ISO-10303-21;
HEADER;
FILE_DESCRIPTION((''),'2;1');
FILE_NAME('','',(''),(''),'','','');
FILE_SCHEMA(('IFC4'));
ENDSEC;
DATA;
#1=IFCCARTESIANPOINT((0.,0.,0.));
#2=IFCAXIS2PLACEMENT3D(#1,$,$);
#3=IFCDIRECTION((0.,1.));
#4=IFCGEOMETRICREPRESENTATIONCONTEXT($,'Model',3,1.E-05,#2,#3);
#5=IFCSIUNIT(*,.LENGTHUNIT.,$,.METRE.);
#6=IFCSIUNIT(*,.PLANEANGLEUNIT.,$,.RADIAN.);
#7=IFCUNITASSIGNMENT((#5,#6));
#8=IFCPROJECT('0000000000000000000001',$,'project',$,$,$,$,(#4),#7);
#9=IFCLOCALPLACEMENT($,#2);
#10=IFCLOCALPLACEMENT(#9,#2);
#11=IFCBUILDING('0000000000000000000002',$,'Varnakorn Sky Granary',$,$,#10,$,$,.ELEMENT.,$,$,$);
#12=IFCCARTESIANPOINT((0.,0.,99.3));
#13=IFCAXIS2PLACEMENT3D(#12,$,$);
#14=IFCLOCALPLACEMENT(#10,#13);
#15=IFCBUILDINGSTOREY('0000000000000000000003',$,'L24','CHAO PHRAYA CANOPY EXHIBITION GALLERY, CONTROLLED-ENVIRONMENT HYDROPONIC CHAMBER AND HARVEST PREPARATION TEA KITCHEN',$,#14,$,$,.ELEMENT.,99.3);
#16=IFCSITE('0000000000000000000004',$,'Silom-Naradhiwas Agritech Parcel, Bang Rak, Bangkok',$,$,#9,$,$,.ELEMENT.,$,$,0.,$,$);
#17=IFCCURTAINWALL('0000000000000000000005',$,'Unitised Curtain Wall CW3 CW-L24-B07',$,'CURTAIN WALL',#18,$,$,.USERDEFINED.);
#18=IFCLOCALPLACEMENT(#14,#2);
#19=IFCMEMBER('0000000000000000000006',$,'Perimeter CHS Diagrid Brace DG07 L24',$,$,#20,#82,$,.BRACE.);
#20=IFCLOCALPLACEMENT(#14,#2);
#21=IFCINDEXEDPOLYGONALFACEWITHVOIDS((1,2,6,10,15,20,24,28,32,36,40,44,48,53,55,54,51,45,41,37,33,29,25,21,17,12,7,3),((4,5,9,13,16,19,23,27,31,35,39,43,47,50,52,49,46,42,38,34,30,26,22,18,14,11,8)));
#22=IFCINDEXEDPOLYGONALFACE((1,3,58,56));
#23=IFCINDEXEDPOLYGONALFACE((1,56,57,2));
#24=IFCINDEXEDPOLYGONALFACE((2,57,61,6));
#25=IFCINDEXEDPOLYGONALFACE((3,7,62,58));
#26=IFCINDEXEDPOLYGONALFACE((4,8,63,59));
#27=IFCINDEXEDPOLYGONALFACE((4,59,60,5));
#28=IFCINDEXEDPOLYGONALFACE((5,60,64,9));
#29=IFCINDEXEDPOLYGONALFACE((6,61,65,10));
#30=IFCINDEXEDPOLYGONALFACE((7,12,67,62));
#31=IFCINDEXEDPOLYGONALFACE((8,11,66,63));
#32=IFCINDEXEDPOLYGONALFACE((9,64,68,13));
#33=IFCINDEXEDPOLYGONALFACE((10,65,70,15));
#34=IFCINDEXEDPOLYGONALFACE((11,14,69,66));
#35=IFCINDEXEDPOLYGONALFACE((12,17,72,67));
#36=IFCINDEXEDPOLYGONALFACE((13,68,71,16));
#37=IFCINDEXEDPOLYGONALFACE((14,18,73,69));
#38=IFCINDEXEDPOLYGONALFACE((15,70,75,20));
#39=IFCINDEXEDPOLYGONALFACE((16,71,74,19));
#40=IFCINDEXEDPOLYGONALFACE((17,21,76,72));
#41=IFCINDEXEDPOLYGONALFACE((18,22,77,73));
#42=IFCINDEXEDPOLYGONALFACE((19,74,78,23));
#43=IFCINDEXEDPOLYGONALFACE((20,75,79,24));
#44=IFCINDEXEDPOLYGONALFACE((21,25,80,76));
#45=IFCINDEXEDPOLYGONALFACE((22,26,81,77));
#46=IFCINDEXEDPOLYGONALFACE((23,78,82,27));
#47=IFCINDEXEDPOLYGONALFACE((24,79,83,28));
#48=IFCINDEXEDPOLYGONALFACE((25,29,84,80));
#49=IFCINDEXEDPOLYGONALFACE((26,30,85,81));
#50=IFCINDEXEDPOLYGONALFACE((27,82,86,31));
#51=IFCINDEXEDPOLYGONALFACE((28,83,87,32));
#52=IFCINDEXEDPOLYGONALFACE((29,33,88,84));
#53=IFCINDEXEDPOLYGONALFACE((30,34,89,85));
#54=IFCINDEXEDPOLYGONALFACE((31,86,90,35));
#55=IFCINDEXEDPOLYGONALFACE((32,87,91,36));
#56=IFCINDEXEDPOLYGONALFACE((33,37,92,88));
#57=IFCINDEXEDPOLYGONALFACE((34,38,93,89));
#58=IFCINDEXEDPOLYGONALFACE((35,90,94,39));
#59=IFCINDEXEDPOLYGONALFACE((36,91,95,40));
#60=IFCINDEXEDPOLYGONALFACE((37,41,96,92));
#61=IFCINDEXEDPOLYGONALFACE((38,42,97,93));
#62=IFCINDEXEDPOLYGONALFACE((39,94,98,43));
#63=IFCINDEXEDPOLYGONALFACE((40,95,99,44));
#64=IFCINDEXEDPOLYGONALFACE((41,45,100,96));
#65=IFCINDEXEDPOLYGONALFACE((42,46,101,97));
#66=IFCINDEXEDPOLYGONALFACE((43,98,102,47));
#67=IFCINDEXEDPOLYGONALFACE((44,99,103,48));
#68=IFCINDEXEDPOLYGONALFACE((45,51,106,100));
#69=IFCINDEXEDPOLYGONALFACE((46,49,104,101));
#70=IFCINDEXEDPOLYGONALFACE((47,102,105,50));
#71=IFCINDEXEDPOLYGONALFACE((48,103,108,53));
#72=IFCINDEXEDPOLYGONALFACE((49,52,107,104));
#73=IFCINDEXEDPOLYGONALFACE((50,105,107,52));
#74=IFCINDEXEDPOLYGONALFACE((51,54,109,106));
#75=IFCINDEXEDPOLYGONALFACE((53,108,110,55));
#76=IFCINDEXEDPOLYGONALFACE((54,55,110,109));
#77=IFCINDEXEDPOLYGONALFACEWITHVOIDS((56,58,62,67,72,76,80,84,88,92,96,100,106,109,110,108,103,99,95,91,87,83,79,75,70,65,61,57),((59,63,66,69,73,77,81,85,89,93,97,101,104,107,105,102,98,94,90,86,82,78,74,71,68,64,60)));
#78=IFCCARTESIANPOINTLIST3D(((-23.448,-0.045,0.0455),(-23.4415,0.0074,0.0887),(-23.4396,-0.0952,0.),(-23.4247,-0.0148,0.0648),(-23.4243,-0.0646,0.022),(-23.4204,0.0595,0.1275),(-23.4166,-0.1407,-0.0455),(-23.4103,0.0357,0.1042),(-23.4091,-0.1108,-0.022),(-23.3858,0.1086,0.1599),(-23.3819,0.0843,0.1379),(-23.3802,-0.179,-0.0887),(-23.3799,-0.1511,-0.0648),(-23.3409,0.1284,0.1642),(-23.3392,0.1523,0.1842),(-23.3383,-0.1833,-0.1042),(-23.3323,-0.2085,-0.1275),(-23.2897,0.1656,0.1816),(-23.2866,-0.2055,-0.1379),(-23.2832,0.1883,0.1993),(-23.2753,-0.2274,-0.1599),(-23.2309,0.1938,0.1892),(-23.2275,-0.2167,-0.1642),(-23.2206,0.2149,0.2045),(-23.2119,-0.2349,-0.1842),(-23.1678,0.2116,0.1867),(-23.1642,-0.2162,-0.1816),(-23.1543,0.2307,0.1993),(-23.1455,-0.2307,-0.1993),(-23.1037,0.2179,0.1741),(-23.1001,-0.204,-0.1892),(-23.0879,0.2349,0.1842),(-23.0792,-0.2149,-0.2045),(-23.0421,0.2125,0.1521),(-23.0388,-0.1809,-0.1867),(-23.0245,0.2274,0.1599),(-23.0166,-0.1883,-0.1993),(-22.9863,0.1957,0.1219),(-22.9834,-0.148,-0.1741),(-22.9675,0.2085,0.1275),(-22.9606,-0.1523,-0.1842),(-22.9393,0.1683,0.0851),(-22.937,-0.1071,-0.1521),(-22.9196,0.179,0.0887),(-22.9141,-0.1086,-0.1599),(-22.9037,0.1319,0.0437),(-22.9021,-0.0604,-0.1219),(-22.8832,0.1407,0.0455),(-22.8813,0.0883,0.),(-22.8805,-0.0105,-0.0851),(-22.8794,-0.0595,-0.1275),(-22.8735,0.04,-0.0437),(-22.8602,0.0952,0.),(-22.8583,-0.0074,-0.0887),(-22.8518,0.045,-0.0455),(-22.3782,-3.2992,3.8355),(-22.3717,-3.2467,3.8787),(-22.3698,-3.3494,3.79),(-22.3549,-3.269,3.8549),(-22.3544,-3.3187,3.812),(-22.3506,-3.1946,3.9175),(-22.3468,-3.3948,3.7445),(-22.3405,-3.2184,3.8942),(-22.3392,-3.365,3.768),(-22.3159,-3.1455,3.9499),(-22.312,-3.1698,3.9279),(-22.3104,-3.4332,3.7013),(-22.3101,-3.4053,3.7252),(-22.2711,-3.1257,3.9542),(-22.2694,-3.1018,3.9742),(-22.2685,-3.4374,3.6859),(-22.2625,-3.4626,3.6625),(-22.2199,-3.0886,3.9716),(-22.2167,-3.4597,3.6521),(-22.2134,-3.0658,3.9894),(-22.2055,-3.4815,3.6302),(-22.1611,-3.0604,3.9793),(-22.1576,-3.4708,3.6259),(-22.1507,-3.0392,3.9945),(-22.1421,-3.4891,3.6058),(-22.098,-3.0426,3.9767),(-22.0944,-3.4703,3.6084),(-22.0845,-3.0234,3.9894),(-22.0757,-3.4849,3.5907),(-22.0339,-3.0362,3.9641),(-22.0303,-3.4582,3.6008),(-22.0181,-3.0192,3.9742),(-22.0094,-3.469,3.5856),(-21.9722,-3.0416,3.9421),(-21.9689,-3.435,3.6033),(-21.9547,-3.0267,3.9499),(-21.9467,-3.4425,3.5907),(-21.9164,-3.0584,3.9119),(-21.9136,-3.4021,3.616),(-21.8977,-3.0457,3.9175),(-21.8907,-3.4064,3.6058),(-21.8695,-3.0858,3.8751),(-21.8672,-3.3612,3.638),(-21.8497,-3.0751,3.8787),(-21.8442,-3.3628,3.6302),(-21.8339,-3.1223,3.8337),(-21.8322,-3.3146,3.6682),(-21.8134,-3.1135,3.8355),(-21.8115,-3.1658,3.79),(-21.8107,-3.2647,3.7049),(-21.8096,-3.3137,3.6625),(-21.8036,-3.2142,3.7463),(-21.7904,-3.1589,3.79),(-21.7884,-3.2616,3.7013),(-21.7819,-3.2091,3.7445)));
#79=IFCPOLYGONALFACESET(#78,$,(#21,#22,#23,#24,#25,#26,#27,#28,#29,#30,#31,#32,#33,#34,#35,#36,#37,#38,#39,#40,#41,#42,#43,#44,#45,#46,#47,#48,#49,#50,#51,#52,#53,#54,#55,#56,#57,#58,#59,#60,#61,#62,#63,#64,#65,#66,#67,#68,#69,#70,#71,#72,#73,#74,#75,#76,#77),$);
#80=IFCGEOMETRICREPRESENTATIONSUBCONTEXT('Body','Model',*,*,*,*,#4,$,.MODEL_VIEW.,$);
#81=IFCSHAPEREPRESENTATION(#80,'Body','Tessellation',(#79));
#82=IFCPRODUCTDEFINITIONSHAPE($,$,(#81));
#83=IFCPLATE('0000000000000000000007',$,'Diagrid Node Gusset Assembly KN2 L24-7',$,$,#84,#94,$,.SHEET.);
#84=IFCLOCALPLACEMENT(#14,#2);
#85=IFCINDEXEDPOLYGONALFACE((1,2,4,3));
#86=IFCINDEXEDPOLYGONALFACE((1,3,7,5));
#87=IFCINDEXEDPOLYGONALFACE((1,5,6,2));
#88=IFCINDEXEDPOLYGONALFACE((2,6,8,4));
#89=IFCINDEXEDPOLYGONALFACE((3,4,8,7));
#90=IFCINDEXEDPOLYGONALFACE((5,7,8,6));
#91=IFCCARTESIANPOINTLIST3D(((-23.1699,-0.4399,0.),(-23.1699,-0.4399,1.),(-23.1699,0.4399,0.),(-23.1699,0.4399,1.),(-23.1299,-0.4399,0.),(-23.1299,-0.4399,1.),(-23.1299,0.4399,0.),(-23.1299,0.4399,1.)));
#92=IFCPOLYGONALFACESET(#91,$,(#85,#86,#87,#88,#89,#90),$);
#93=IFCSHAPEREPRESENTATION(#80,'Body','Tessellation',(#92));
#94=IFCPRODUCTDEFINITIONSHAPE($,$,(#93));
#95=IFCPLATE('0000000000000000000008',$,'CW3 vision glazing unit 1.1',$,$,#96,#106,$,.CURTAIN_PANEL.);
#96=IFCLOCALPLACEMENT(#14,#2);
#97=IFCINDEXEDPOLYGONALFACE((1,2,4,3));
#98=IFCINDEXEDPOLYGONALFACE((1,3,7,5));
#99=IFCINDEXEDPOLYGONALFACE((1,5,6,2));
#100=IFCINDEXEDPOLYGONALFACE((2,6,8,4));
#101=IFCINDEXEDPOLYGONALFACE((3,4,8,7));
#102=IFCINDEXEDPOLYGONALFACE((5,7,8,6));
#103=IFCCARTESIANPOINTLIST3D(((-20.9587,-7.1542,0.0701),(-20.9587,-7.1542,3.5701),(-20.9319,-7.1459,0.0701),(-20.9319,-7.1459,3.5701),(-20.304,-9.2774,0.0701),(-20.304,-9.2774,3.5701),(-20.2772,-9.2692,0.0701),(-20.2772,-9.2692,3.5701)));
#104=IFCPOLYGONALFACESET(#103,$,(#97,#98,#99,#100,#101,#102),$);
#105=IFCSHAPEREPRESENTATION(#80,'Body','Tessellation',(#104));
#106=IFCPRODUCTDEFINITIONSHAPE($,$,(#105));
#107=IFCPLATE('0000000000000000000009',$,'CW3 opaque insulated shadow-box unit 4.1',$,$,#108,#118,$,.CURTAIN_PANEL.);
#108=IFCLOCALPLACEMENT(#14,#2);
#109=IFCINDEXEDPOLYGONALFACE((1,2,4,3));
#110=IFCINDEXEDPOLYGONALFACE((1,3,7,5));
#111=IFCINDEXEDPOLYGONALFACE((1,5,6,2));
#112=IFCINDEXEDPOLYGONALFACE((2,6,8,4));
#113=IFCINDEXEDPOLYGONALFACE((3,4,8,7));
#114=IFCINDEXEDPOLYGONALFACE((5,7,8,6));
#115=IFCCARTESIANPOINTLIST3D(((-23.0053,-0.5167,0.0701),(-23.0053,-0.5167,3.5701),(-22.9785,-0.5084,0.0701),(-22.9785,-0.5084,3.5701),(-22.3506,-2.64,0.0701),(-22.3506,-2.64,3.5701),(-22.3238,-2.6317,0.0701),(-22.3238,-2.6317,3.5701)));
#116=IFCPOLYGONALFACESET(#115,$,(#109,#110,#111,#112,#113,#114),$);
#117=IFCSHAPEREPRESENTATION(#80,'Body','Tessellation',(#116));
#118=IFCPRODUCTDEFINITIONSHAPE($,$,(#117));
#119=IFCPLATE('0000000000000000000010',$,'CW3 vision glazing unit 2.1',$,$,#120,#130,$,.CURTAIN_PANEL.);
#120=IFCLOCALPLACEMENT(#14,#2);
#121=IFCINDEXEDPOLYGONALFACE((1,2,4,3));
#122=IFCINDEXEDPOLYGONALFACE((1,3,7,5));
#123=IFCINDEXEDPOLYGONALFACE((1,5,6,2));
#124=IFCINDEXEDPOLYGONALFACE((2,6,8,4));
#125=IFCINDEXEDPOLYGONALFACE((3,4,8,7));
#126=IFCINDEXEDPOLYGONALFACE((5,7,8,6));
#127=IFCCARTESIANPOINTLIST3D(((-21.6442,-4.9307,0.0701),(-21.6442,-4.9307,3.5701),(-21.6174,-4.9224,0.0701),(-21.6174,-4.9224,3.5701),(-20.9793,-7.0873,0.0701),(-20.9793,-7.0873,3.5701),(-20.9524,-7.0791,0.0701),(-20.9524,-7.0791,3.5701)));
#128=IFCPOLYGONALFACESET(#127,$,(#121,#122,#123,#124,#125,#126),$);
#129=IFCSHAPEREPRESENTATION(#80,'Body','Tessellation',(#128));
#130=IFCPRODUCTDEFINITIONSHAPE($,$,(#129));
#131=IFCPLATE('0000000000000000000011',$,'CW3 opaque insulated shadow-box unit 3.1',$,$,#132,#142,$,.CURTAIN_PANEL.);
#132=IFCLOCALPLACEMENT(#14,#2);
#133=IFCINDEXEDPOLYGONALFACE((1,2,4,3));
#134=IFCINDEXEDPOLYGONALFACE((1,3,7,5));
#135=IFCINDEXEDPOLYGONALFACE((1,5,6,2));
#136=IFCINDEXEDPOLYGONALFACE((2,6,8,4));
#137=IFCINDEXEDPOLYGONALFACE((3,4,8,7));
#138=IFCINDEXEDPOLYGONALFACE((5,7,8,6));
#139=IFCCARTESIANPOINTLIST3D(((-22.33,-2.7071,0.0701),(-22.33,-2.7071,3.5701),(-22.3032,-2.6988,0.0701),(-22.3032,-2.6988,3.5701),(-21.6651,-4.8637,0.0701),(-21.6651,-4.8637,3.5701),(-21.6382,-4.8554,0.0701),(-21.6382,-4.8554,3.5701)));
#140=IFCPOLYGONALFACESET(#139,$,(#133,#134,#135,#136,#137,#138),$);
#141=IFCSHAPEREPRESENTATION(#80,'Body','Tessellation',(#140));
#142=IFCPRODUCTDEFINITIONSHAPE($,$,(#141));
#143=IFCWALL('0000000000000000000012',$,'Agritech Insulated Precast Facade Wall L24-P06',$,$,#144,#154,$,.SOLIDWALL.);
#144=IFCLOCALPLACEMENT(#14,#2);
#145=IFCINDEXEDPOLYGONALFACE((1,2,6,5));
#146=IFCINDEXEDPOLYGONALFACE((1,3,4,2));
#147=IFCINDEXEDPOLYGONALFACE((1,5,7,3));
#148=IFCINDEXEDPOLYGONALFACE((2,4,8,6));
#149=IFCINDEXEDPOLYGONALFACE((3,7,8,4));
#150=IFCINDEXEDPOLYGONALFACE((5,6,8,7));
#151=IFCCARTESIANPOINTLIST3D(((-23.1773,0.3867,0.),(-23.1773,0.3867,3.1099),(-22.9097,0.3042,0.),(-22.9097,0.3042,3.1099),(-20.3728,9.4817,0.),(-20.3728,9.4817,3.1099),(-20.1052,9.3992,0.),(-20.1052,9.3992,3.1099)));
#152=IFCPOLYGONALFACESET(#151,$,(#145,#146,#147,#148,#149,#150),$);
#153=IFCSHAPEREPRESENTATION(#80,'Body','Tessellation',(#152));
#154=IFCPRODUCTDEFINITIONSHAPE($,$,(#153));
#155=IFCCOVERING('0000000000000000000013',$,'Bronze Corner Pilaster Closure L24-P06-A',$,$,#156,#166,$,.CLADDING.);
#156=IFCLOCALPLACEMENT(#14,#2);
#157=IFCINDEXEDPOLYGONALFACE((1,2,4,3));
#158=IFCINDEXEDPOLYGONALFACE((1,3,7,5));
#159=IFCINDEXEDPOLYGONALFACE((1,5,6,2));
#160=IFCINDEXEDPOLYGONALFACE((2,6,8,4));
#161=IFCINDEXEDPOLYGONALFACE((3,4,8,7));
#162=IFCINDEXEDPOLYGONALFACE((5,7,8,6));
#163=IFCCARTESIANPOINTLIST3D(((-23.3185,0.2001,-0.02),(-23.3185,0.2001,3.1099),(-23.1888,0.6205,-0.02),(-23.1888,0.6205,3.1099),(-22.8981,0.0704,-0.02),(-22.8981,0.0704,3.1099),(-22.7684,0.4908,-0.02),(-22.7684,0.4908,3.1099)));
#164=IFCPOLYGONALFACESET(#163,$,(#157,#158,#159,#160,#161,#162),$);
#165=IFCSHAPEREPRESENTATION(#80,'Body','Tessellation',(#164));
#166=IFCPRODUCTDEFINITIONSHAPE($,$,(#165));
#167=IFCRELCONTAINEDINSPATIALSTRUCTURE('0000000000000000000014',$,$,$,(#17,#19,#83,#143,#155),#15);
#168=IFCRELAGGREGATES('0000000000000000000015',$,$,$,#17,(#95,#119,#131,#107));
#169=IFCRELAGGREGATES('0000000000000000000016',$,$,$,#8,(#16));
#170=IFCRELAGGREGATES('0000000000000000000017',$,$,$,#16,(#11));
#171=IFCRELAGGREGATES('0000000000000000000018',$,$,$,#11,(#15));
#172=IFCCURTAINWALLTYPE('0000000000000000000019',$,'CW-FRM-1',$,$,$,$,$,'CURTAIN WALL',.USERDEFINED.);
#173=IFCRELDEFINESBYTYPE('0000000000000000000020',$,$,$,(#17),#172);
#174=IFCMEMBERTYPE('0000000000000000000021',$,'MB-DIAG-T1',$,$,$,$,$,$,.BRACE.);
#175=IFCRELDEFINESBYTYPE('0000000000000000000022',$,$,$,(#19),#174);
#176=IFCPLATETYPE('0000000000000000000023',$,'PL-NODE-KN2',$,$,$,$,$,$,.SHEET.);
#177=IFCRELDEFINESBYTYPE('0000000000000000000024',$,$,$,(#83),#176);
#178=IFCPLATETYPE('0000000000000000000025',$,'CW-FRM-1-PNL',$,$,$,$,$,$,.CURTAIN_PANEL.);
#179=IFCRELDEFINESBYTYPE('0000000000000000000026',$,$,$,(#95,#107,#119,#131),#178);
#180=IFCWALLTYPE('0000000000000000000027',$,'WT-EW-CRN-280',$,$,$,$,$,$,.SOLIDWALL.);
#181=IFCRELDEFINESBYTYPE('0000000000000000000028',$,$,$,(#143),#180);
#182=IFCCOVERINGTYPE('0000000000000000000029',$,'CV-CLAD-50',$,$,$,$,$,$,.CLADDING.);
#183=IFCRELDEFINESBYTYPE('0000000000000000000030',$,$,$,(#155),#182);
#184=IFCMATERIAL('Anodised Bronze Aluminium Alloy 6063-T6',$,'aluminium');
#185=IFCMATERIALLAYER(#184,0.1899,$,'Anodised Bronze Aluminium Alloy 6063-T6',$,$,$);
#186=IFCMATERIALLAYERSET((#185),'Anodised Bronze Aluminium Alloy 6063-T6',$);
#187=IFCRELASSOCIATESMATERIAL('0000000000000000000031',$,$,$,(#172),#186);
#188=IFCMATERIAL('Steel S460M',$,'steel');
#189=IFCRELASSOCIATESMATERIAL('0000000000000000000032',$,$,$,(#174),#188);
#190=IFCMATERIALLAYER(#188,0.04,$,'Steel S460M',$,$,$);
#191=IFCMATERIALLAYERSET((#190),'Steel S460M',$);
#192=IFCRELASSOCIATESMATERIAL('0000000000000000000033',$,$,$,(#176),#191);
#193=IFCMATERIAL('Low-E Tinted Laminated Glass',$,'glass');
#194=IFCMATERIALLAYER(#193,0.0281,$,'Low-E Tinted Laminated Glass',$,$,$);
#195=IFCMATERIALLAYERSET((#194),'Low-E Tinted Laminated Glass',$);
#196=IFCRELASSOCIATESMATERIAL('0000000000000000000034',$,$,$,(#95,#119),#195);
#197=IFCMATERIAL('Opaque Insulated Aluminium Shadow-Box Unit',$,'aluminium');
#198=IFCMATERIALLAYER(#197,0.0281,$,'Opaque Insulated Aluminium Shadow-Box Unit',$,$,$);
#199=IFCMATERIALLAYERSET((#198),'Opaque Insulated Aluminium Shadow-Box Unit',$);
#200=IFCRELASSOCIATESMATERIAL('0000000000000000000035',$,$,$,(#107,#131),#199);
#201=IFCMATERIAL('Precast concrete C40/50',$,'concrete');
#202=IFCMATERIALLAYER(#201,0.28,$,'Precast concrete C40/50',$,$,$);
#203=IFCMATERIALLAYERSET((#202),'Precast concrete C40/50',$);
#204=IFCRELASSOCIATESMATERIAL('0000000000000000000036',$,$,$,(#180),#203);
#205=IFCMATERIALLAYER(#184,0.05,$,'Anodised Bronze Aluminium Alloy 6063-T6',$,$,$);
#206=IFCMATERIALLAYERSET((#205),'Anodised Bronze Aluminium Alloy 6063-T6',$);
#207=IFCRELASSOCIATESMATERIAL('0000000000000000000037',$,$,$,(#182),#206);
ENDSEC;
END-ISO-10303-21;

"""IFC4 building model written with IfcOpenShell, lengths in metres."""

from ifc_helpers import new_model, si_unit, direction, frame, frame_2d, origin, origin_2d, place, context, subcontext, project, spatial, rectangle, hollow_circle, extrude, source, transform, mapped, material, layer, layer_set, material_profile, profile_set, type_object, type_shapes, element, aggregate, save


model = new_model("IFC4")

# Units and contexts
model_context = context("Model", 3, precision=1e-05, world=origin(), true_north=direction((0.0, 1.0)))
body_context = subcontext(model_context, "Body", "Model", "MODEL_VIEW")
ifc_project = project(units=[si_unit("LENGTHUNIT", "METRE"), si_unit("PLANEANGLEUNIT", "RADIAN")], contexts=[model_context])

# Site, building, storey
site_placement = place(None, origin())
site = spatial("IfcSite", under=ifc_project, at=site_placement, Name="Silom-Naradhiwas Agritech Parcel, Bang Rak, Bangkok", CompositionType="ELEMENT", RefElevation=0.0)
building_placement = place(site_placement, origin())
building = spatial("IfcBuilding", under=site, at=building_placement, Name="Varnakorn Sky Granary", CompositionType="ELEMENT")
storey_placement = place(building_placement, frame((0.0, 0.0, 99.3)))
storey = spatial("IfcBuildingStorey", under=building, at=storey_placement, Name="L24", Description="CHAO PHRAYA CANOPY EXHIBITION GALLERY, CONTROLLED-ENVIRONMENT HYDROPONIC CHAMBER AND HARVEST PREPARATION TEA KITCHEN", CompositionType="ELEMENT", Elevation=99.3)

# Shared definitions
ifc_material_1 = material(Name="Steel S460M", Category="steel")

# Curtain wall
ifc_material_2 = material(Name="Anodised Bronze Aluminium Alloy 6063-T6", Category="aluminium")
ifc_layer_1 = layer(ifc_material_2, 0.1899, Name="Anodised Bronze Aluminium Alloy 6063-T6")
ifc_layer_set_1 = layer_set([ifc_layer_1], Name="Anodised Bronze Aluminium Alloy 6063-T6")
curtain_wall_type = type_object("IfcCurtainWallType", Name="CW-FRM-1", ElementType="CURTAIN WALL", PredefinedType="USERDEFINED", material=ifc_layer_set_1)
curtain_wall_placement = place(storey_placement, origin())
curtain_wall = element("IfcCurtainWall", 1, at=curtain_wall_placement, inside=storey, type_object=curtain_wall_type, Name="Unitised Curtain Wall CW3 CW-L24-B07", ObjectType="CURTAIN WALL", PredefinedType="USERDEFINED")

# Member
ifc_material_profile_1 = material_profile(ifc_material_1, hollow_circle(Radius=0.3049, WallThickness=0.0222, at=origin_2d()), Name="CHS 610x22")
ifc_profile_set_1 = profile_set([ifc_material_profile_1], Name="Steel S460M")
member_type_1 = type_object("IfcMemberType", Name="MB-DIAG-T1", PredefinedType="BRACE", material=ifc_profile_set_1)
for number, where, z_axis, x_axis, name in (
    (2, (-23.1499, 0.0, 0.0), (0.209414, -0.636987, 0.741885), (0.949979, 0.312312, 0.0), "Perimeter CHS Diagrid Brace DG07 L24"),
):
    element("IfcMember", number, at=place(storey_placement, frame(where, z_axis=z_axis, x_axis=x_axis)), inside=storey, type_object=member_type_1, Name=name, PredefinedType="BRACE", context=body_context, shape_type="SweptSolid", body=[
        extrude(hollow_circle(Radius=0.3049, WallThickness=0.0222, at=origin_2d()), origin(), (0.0, 0.0, 1.0), 5.1086),
    ])

# Plates
ifc_layer_2 = layer(ifc_material_1, 0.04, Name="Steel S460M")
ifc_layer_set_2 = layer_set([ifc_layer_2], Name="Steel S460M")
plate_type_1 = type_object("IfcPlateType", Name="PL-NODE-KN2", PredefinedType="SHEET", material=ifc_layer_set_2)
plate_1_placement = place(storey_placement, frame((-23.1499, 0.0, 0.0), z_axis=(0.0, 0.0, 1.0), x_axis=(0.0, -1.0, 0.0)))
element("IfcPlate", 3, at=plate_1_placement, inside=storey, type_object=plate_type_1, Name="Diagrid Node Gusset Assembly KN2 L24-7", PredefinedType="SHEET", context=body_context, shape_type="SweptSolid", body=[
    extrude(rectangle(XDim=0.8799, YDim=0.04, at=origin_2d()), origin(), (0.0, 0.0, 1.0), 1.0),
])
ifc_material_3 = material(Name="Low-E Tinted Laminated Glass", Category="glass")
ifc_layer_3 = layer(ifc_material_3, 0.0281, Name="Low-E Tinted Laminated Glass")
ifc_layer_set_3 = layer_set([ifc_layer_3], Name="Low-E Tinted Laminated Glass")
plate_type_2 = type_object("IfcPlateType", Name="CW-FRM-1-PNL", PredefinedType="CURTAIN_PANEL")
shared_shape_1 = source(origin(), body_context, "Body", "SweptSolid", [
    extrude(rectangle(XDim=2.2219, YDim=0.0281, at=origin_2d()), origin(), (0.0, 0.0, 1.0), 3.5),
])
plate_2_placement = place(storey_placement, frame((-20.6179, -8.2117, 0.0701), z_axis=(0.0, 0.0, 1.0), x_axis=(-0.294651, 0.955605, 0.0)))
plate_2 = element("IfcPlate", 4, at=plate_2_placement, type_object=plate_type_2, material=ifc_layer_set_3, Name="CW3 vision glazing unit 1.1", PredefinedType="CURTAIN_PANEL", context=body_context, shape_type="MappedRepresentation", body=[
    mapped(shared_shape_1, transform((0.0, 0.0, 0.0), x_axis=(1.0, 0.0, 0.0), y_axis=(0.0, 1.0, 0.0), z_axis=(0.0, 0.0, 1.0), scale=1.0)),
])
ifc_material_4 = material(Name="Opaque Insulated Aluminium Shadow-Box Unit", Category="aluminium")
ifc_layer_4 = layer(ifc_material_4, 0.0281, Name="Opaque Insulated Aluminium Shadow-Box Unit")
ifc_layer_set_4 = layer_set([ifc_layer_4], Name="Opaque Insulated Aluminium Shadow-Box Unit")
plate_3_placement = place(storey_placement, frame((-22.6646, -1.5742, 0.0701), z_axis=(0.0, 0.0, 1.0), x_axis=(-0.294651, 0.955605, 0.0)))
plate_3 = element("IfcPlate", 5, at=plate_3_placement, type_object=plate_type_2, material=ifc_layer_set_4, Name="CW3 opaque insulated shadow-box unit 4.1", PredefinedType="CURTAIN_PANEL", context=body_context, shape_type="MappedRepresentation", body=[
    mapped(shared_shape_1, transform((0.0, 0.0, 0.0), x_axis=(1.0, 0.0, 0.0), y_axis=(0.0, 1.0, 0.0), z_axis=(0.0, 0.0, 1.0), scale=1.0)),
])
shared_shape_2 = source(origin(), body_context, "Body", "SweptSolid", [
    extrude(rectangle(XDim=2.2568, YDim=0.0281, at=origin_2d()), origin(), (0.0, 0.0, 1.0), 3.5),
])
type_shapes(plate_type_2, [shared_shape_1, shared_shape_2])
plate_4_placement = place(storey_placement, frame((-21.2983, -6.0049, 0.0701), z_axis=(0.0, 0.0, 1.0), x_axis=(-0.294651, 0.955605, 0.0)))
plate_4 = element("IfcPlate", 6, at=plate_4_placement, type_object=plate_type_2, material=ifc_layer_set_3, Name="CW3 vision glazing unit 2.1", PredefinedType="CURTAIN_PANEL", context=body_context, shape_type="MappedRepresentation", body=[
    mapped(shared_shape_2, transform((0.0, 0.0, 0.0), x_axis=(1.0, 0.0, 0.0), y_axis=(0.0, 1.0, 0.0), z_axis=(0.0, 0.0, 1.0), scale=1.0)),
])
plate_5_placement = place(storey_placement, frame((-21.9841, -3.7812, 0.0701), z_axis=(0.0, 0.0, 1.0), x_axis=(-0.294651, 0.955605, 0.0)))
plate_5 = element("IfcPlate", 7, at=plate_5_placement, type_object=plate_type_2, material=ifc_layer_set_4, Name="CW3 opaque insulated shadow-box unit 3.1", PredefinedType="CURTAIN_PANEL", context=body_context, shape_type="MappedRepresentation", body=[
    mapped(shared_shape_2, transform((0.0, 0.0, 0.0), x_axis=(1.0, 0.0, 0.0), y_axis=(0.0, 1.0, 0.0), z_axis=(0.0, 0.0, 1.0), scale=1.0)),
])
aggregate(curtain_wall, [plate_2, plate_4, plate_5, plate_3])

# Wall
ifc_material_5 = material(Name="Precast concrete C40/50", Category="concrete")
ifc_layer_5 = layer(ifc_material_5, 0.28, Name="Precast concrete C40/50")
ifc_layer_set_5 = layer_set([ifc_layer_5], Name="Precast concrete C40/50")
wall_type = type_object("IfcWallType", Name="WT-EW-CRN-280", PredefinedType="SOLIDWALL", material=ifc_layer_set_5)
wall_placement = place(storey_placement, frame((-23.0435, 0.3455, 0.0), z_axis=(0.0, 0.0, 1.0), x_axis=(0.294661, 0.955602, 0.0)))
element("IfcWall", 8, at=wall_placement, inside=storey, type_object=wall_type, Name="Agritech Insulated Precast Facade Wall L24-P06", PredefinedType="SOLIDWALL", context=body_context, shape_type="SweptSolid", body=[
    extrude(rectangle(XDim=9.5176, YDim=0.28, at=frame_2d((4.7588, 0.0))), origin(), (0.0, 0.0, 1.0), 3.1099),
])

# Covering
ifc_layer_6 = layer(ifc_material_2, 0.05, Name="Anodised Bronze Aluminium Alloy 6063-T6")
ifc_layer_set_6 = layer_set([ifc_layer_6], Name="Anodised Bronze Aluminium Alloy 6063-T6")
covering_type = type_object("IfcCoveringType", Name="CV-CLAD-50", PredefinedType="CLADDING", material=ifc_layer_set_6)
shared_shape_3 = source(origin(), body_context, "Body", "SweptSolid", [
    extrude(rectangle(XDim=0.4399, YDim=0.4399, at=origin_2d()), origin(), (0.0, 0.0, 1.0), 3.1299),
])
type_shapes(covering_type, [shared_shape_3])
covering_placement = place(storey_placement, frame((-23.0435, 0.3455, -0.02), z_axis=(0.0, 0.0, 1.0), x_axis=(0.294708, 0.955588, 0.0)))
element("IfcCovering", 9, at=covering_placement, inside=storey, type_object=covering_type, Name="Bronze Corner Pilaster Closure L24-P06-A", PredefinedType="CLADDING", context=body_context, shape_type="MappedRepresentation", body=[
    mapped(shared_shape_3, transform((0.0, 0.0, 0.0), x_axis=(1.0, 0.0, 0.0), y_axis=(0.0, 1.0, 0.0), z_axis=(0.0, 0.0, 1.0), scale=1.0)),
])

save(model, "model.ifc")
